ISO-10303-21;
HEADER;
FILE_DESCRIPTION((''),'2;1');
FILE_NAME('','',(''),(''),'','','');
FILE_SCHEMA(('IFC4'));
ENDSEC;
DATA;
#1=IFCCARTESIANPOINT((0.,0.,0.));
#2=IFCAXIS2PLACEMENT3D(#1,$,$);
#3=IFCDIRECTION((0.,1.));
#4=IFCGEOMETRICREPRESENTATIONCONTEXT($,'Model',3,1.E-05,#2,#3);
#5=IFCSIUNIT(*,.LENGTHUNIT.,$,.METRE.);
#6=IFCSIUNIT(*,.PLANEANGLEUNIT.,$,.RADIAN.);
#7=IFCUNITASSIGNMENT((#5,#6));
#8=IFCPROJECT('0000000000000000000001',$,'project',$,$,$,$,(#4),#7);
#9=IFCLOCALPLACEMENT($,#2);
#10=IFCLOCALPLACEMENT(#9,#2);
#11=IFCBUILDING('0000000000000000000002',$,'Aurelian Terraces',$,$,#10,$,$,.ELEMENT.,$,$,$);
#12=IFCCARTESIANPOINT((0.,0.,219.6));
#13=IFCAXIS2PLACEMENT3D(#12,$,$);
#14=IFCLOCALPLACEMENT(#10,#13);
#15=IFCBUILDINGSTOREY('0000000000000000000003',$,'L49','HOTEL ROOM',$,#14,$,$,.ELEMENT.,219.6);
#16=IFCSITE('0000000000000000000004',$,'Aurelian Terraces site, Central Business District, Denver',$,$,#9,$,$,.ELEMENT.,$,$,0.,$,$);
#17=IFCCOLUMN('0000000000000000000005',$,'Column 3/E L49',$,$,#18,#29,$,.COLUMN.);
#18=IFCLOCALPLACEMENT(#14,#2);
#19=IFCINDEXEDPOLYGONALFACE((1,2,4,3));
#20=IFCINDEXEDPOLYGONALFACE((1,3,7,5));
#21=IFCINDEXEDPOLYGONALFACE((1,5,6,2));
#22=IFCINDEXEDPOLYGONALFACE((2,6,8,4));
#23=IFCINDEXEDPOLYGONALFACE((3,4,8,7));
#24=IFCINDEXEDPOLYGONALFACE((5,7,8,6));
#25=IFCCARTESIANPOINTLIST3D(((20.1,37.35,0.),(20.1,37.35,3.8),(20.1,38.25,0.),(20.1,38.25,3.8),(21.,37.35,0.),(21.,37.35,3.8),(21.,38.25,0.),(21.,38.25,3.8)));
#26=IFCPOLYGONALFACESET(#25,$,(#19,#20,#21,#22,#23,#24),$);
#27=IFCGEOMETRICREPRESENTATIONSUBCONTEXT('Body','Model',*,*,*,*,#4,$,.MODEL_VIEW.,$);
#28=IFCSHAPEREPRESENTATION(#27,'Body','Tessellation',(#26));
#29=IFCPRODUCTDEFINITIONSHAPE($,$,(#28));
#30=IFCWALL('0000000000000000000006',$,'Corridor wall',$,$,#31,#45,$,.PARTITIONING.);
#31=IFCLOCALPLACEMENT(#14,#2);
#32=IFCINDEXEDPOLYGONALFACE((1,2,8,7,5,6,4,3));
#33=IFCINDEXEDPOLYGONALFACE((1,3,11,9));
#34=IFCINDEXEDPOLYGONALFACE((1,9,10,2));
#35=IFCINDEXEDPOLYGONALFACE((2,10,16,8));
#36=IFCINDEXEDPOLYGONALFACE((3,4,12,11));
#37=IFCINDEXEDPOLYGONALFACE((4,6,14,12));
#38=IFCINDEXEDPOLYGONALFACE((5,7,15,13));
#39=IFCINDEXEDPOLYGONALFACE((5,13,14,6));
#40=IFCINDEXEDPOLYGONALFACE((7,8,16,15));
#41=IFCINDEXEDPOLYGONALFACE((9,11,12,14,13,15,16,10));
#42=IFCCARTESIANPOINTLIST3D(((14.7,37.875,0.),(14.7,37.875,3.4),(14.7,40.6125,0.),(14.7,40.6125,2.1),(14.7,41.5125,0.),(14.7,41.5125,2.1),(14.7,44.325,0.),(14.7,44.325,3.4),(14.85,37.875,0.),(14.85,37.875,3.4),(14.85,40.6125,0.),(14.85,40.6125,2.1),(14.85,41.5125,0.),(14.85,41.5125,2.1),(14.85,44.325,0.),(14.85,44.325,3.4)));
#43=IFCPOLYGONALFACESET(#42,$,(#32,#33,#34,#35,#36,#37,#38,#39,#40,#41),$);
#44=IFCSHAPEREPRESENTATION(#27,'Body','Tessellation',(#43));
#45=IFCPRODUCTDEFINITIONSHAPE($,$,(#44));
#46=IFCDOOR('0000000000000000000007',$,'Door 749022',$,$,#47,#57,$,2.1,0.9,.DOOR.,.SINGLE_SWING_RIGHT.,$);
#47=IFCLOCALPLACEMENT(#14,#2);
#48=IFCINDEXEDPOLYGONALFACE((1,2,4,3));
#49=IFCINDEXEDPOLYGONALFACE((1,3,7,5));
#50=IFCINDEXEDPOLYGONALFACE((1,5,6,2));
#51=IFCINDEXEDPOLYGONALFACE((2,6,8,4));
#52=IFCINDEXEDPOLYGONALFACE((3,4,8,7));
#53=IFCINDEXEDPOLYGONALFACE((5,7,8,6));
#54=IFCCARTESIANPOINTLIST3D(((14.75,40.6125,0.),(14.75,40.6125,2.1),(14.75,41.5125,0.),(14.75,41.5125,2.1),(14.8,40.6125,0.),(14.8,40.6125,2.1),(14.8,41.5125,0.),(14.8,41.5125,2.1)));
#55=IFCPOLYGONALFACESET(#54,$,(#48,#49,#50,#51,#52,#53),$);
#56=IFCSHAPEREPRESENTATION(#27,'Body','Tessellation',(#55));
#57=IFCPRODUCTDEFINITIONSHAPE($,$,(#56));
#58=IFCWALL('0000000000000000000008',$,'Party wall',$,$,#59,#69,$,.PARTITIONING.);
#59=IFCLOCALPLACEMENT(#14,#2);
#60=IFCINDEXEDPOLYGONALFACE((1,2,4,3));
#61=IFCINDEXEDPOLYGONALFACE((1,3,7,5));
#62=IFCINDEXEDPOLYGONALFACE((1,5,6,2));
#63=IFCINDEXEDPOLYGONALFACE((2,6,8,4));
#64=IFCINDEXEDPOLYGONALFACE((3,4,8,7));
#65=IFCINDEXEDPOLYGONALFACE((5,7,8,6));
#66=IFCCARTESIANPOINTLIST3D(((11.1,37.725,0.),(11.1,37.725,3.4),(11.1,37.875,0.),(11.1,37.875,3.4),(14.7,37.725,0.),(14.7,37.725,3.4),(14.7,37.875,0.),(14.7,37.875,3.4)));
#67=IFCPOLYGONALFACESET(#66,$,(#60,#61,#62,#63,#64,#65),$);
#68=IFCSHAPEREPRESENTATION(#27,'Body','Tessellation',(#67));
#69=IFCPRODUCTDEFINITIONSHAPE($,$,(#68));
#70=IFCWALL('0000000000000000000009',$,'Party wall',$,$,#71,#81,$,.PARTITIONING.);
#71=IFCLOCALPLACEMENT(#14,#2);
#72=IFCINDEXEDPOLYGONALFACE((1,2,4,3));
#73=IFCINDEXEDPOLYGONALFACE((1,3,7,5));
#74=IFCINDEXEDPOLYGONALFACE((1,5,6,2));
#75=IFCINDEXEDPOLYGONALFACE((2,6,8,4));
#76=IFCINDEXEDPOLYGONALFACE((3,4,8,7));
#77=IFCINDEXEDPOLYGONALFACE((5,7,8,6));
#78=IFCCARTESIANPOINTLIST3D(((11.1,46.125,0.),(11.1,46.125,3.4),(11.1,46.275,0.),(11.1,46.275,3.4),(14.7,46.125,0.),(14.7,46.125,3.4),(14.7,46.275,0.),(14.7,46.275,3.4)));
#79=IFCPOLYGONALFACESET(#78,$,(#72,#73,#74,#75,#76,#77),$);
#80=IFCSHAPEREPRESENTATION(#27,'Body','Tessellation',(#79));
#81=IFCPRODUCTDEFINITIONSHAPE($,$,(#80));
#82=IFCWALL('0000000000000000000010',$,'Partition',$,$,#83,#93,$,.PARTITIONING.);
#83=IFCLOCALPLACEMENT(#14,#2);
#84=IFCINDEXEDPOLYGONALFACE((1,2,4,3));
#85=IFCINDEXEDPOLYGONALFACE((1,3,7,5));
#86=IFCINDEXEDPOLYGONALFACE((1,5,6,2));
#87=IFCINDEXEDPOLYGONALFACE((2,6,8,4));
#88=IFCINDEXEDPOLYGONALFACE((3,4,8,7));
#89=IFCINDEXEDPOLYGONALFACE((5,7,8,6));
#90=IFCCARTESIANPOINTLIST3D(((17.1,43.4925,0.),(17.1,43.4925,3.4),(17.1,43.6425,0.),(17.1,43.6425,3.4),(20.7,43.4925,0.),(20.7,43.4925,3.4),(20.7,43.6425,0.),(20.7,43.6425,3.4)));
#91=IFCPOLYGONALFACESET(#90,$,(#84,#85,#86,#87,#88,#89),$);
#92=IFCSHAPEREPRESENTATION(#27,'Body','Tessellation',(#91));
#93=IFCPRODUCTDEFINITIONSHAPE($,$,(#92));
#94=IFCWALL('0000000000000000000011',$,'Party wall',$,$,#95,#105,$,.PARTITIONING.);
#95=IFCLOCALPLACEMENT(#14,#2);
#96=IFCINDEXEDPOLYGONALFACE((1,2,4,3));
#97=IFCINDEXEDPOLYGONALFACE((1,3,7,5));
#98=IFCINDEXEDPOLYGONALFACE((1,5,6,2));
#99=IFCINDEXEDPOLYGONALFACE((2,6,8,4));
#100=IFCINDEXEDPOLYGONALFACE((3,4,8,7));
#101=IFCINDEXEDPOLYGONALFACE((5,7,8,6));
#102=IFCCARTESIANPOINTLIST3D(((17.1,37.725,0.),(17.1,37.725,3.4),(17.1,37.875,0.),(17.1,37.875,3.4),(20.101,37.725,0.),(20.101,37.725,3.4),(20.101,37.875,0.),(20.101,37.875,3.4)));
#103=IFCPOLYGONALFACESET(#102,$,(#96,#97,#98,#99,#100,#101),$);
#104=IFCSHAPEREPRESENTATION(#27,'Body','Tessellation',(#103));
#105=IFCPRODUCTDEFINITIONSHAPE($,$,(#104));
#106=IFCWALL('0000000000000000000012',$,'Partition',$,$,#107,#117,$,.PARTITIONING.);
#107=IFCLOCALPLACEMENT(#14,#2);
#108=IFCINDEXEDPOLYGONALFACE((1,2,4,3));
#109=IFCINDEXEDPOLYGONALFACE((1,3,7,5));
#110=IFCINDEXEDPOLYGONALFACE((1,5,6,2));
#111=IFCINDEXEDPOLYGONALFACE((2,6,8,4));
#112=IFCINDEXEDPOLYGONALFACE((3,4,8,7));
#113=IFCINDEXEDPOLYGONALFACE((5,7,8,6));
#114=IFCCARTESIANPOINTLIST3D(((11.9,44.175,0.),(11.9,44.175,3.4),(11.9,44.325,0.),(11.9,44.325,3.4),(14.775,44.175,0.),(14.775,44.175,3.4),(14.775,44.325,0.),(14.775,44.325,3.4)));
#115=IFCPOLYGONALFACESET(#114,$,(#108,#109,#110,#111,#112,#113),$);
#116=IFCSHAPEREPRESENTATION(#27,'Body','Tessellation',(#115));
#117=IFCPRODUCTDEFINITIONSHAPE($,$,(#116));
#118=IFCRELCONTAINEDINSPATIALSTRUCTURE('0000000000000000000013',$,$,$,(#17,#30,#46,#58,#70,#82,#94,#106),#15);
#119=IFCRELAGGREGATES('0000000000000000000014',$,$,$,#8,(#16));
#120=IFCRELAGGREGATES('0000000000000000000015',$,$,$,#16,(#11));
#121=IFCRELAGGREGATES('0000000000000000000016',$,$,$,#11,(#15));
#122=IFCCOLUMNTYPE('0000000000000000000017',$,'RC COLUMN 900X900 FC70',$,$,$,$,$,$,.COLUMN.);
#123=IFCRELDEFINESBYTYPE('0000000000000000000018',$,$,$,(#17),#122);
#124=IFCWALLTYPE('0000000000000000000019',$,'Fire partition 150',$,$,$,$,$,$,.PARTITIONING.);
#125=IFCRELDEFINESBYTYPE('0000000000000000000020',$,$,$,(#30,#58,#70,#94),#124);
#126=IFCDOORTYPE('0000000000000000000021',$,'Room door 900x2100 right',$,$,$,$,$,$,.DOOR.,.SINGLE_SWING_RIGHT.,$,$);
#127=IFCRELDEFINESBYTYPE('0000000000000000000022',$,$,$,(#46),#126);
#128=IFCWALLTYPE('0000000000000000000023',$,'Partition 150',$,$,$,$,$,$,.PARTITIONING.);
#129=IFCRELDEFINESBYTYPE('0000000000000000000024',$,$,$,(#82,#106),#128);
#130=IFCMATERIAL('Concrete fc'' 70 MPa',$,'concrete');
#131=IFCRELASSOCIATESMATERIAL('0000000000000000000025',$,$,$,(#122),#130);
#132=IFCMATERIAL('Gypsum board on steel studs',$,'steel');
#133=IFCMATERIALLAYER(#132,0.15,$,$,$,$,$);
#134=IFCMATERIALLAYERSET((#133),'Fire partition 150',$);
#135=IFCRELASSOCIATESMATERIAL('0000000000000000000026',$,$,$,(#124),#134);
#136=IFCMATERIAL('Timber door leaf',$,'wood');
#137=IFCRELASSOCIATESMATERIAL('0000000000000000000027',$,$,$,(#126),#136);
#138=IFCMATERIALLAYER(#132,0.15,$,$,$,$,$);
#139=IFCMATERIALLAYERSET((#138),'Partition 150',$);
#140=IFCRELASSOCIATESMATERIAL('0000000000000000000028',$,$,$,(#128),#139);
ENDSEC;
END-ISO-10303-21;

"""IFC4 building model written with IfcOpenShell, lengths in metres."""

from ifc_helpers import new_model, si_unit, direction, frame, frame_2d, origin, origin_2d, place, context, subcontext, project, spatial, rectangle, extrude, source, transform, mapped, material, layer, layer_set, material_profile, profile_set, type_object, element, fill, save


model = new_model("IFC4")

# Units and contexts
model_context = context("Model", 3, precision=1e-05, world=origin(), true_north=direction((0.0, 1.0)))
body_context = subcontext(model_context, "Body", "Model", "MODEL_VIEW")
ifc_project = project(units=[si_unit("LENGTHUNIT", "METRE"), si_unit("PLANEANGLEUNIT", "RADIAN")], contexts=[model_context])

# Site, building, storey
site_placement = place(None, origin())
site = spatial("IfcSite", under=ifc_project, at=site_placement, Name="Aurelian Terraces site, Central Business District, Denver", CompositionType="ELEMENT", RefElevation=0.0)
building_placement = place(site_placement, origin())
building = spatial("IfcBuilding", under=site, at=building_placement, Name="Aurelian Terraces", CompositionType="ELEMENT")
storey_placement = place(building_placement, frame((0.0, 0.0, 219.6)))
storey = spatial("IfcBuildingStorey", under=building, at=storey_placement, Name="L49", Description="HOTEL ROOM", CompositionType="ELEMENT", Elevation=219.6)

# Column
ifc_material_1 = material(Name="Concrete fc' 70 MPa", Category="concrete")
ifc_material_profile = material_profile(ifc_material_1, rectangle(XDim=0.9, YDim=0.9, at=origin_2d()))
ifc_profile_set = profile_set([ifc_material_profile], Name="Concrete fc' 70 MPa")
column_type = type_object("IfcColumnType", Name="RC COLUMN 900X900 FC70", PredefinedType="COLUMN", material=ifc_profile_set)
shared_shape_1 = source(origin(), body_context, "Body", "SweptSolid", [
    extrude(rectangle(XDim=0.9, YDim=0.9, at=origin_2d()), origin(), (0.0, 0.0, 1.0), 3.8),
])
column_placement = place(storey_placement, frame((20.55, 37.8, 0.0), z_axis=(0.0, 0.0, 1.0), x_axis=(1.0, 0.0, 0.0)))
element("IfcColumn", 1, at=column_placement, inside=storey, type_object=column_type, Name="Column 3/E L49", PredefinedType="COLUMN", context=body_context, shape_type="MappedRepresentation", body=[
    mapped(shared_shape_1, transform((0.0, 0.0, 0.0), scale=1.0)),
])

# Wall, opening, door
ifc_material_2 = material(Name="Gypsum board on steel studs", Category="steel")
ifc_layer_1 = layer(ifc_material_2, 0.15)
ifc_layer_set_1 = layer_set([ifc_layer_1], Name="Fire partition 150")
wall_type_1 = type_object("IfcWallType", Name="Fire partition 150", PredefinedType="PARTITIONING", material=ifc_layer_set_1)
shared_shape_2 = source(origin(), body_context, "Body", "SweptSolid", [
    extrude(rectangle(XDim=6.45, YDim=0.15, at=frame_2d((3.225, 0.0))), origin(), (0.0, 0.0, 1.0), 3.4),
])
wall_1_placement = place(storey_placement, frame((14.775, 37.875, 0.0), z_axis=(0.0, 0.0, 1.0), x_axis=(0.0, 1.0, 0.0)))
wall_1 = element("IfcWall", 2, at=wall_1_placement, inside=storey, type_object=wall_type_1, Name="Corridor wall", PredefinedType="PARTITIONING", context=body_context, shape_type="MappedRepresentation", body=[
    mapped(shared_shape_2, transform((0.0, 0.0, 0.0), scale=1.0)),
])
shared_shape_3 = source(origin(), body_context, "Body", "SweptSolid", [
    extrude(rectangle(XDim=0.9, YDim=2.1, at=frame_2d((0.45, 1.05))), frame((0.0, 0.085, 0.0), z_axis=(0.0, -1.0, 0.0), x_axis=(1.0, 0.0, 0.0)), (0.0, 0.0, 1.0), 0.17),
])
opening_placement = place(wall_1_placement, frame((2.7375, 0.0, 0.0)))
opening = element("IfcOpeningElement", 3, at=opening_placement, cuts=wall_1, PredefinedType="OPENING", context=body_context, shape_type="MappedRepresentation", body=[
    mapped(shared_shape_3, transform((0.0, 0.0, 0.0), scale=1.0)),
])
ifc_material_3 = material(Name="Timber door leaf", Category="wood")
door_type = type_object("IfcDoorType", Name="Room door 900x2100 right", OperationType="SINGLE_SWING_RIGHT", PredefinedType="DOOR", material=ifc_material_3)
shared_shape_4 = source(origin(), body_context, "Body", "SweptSolid", [
    extrude(rectangle(XDim=0.9, YDim=2.1, at=frame_2d((0.45, 1.05))), frame((0.0, 0.025, 0.0), z_axis=(0.0, -1.0, 0.0), x_axis=(1.0, 0.0, 0.0)), (0.0, 0.0, 1.0), 0.05),
])
door_placement = place(opening_placement, origin())
door = element("IfcDoor", 4, at=door_placement, inside=storey, type_object=door_type, Name="Door 749022", OperationType="SINGLE_SWING_RIGHT", OverallHeight=2.1, OverallWidth=0.9, PredefinedType="DOOR", context=body_context, shape_type="MappedRepresentation", body=[
    mapped(shared_shape_4, transform((0.0, 0.0, 0.0), scale=1.0)),
])
fill(opening, door)

# Walls
shared_shape_5 = source(origin(), body_context, "Body", "SweptSolid", [
    extrude(rectangle(XDim=3.6, YDim=0.15, at=frame_2d((1.8, 0.0))), origin(), (0.0, 0.0, 1.0), 3.4),
])
for number, where, z_axis, x_axis, name in (
    (5, (14.7, 37.8, 0.0), (0.0, 0.0, 1.0), (-1.0, 0.0, 0.0), "Party wall"),
    (6, (14.7, 46.2, 0.0), (0.0, 0.0, 1.0), (-1.0, 0.0, 0.0), "Party wall"),
):
    element("IfcWall", number, at=place(storey_placement, frame(where, z_axis=z_axis, x_axis=x_axis)), inside=storey, type_object=wall_type_1, Name=name, PredefinedType="PARTITIONING", context=body_context, shape_type="MappedRepresentation", body=[
        mapped(shared_shape_5, transform((0.0, 0.0, 0.0), scale=1.0)),
    ])
ifc_layer_2 = layer(ifc_material_2, 0.15)
ifc_layer_set_2 = layer_set([ifc_layer_2], Name="Partition 150")
wall_type_2 = type_object("IfcWallType", Name="Partition 150", PredefinedType="PARTITIONING", material=ifc_layer_set_2)
wall_2_placement = place(storey_placement, frame((17.1, 43.5675, 0.0), z_axis=(0.0, 0.0, 1.0), x_axis=(1.0, 0.0, 0.0)))
element("IfcWall", 7, at=wall_2_placement, inside=storey, type_object=wall_type_2, Name="Partition", PredefinedType="PARTITIONING", context=body_context, shape_type="MappedRepresentation", body=[
    mapped(shared_shape_5, transform((0.0, 0.0, 0.0), scale=1.0)),
])
shared_shape_6 = source(origin(), body_context, "Body", "SweptSolid", [
    extrude(rectangle(XDim=3.001, YDim=0.15, at=frame_2d((1.5005, 0.0))), origin(), (0.0, 0.0, 1.0), 3.4),
])
wall_3_placement = place(storey_placement, frame((20.101, 37.8, 0.0), z_axis=(0.0, 0.0, 1.0), x_axis=(-1.0, 0.0, 0.0)))
element("IfcWall", 8, at=wall_3_placement, inside=storey, type_object=wall_type_1, Name="Party wall", PredefinedType="PARTITIONING", context=body_context, shape_type="MappedRepresentation", body=[
    mapped(shared_shape_6, transform((0.0, 0.0, 0.0), scale=1.0)),
])
shared_shape_7 = source(origin(), body_context, "Body", "SweptSolid", [
    extrude(rectangle(XDim=2.875, YDim=0.15, at=frame_2d((1.4375, 0.0))), origin(), (0.0, 0.0, 1.0), 3.4),
])
wall_4_placement = place(storey_placement, frame((14.775, 44.25, 0.0), z_axis=(0.0, 0.0, 1.0), x_axis=(-1.0, 0.0, 0.0)))
element("IfcWall", 9, at=wall_4_placement, inside=storey, type_object=wall_type_2, Name="Partition", PredefinedType="PARTITIONING", context=body_context, shape_type="MappedRepresentation", body=[
    mapped(shared_shape_7, transform((0.0, 0.0, 0.0), scale=1.0)),
])

save(model, "model.ifc")
